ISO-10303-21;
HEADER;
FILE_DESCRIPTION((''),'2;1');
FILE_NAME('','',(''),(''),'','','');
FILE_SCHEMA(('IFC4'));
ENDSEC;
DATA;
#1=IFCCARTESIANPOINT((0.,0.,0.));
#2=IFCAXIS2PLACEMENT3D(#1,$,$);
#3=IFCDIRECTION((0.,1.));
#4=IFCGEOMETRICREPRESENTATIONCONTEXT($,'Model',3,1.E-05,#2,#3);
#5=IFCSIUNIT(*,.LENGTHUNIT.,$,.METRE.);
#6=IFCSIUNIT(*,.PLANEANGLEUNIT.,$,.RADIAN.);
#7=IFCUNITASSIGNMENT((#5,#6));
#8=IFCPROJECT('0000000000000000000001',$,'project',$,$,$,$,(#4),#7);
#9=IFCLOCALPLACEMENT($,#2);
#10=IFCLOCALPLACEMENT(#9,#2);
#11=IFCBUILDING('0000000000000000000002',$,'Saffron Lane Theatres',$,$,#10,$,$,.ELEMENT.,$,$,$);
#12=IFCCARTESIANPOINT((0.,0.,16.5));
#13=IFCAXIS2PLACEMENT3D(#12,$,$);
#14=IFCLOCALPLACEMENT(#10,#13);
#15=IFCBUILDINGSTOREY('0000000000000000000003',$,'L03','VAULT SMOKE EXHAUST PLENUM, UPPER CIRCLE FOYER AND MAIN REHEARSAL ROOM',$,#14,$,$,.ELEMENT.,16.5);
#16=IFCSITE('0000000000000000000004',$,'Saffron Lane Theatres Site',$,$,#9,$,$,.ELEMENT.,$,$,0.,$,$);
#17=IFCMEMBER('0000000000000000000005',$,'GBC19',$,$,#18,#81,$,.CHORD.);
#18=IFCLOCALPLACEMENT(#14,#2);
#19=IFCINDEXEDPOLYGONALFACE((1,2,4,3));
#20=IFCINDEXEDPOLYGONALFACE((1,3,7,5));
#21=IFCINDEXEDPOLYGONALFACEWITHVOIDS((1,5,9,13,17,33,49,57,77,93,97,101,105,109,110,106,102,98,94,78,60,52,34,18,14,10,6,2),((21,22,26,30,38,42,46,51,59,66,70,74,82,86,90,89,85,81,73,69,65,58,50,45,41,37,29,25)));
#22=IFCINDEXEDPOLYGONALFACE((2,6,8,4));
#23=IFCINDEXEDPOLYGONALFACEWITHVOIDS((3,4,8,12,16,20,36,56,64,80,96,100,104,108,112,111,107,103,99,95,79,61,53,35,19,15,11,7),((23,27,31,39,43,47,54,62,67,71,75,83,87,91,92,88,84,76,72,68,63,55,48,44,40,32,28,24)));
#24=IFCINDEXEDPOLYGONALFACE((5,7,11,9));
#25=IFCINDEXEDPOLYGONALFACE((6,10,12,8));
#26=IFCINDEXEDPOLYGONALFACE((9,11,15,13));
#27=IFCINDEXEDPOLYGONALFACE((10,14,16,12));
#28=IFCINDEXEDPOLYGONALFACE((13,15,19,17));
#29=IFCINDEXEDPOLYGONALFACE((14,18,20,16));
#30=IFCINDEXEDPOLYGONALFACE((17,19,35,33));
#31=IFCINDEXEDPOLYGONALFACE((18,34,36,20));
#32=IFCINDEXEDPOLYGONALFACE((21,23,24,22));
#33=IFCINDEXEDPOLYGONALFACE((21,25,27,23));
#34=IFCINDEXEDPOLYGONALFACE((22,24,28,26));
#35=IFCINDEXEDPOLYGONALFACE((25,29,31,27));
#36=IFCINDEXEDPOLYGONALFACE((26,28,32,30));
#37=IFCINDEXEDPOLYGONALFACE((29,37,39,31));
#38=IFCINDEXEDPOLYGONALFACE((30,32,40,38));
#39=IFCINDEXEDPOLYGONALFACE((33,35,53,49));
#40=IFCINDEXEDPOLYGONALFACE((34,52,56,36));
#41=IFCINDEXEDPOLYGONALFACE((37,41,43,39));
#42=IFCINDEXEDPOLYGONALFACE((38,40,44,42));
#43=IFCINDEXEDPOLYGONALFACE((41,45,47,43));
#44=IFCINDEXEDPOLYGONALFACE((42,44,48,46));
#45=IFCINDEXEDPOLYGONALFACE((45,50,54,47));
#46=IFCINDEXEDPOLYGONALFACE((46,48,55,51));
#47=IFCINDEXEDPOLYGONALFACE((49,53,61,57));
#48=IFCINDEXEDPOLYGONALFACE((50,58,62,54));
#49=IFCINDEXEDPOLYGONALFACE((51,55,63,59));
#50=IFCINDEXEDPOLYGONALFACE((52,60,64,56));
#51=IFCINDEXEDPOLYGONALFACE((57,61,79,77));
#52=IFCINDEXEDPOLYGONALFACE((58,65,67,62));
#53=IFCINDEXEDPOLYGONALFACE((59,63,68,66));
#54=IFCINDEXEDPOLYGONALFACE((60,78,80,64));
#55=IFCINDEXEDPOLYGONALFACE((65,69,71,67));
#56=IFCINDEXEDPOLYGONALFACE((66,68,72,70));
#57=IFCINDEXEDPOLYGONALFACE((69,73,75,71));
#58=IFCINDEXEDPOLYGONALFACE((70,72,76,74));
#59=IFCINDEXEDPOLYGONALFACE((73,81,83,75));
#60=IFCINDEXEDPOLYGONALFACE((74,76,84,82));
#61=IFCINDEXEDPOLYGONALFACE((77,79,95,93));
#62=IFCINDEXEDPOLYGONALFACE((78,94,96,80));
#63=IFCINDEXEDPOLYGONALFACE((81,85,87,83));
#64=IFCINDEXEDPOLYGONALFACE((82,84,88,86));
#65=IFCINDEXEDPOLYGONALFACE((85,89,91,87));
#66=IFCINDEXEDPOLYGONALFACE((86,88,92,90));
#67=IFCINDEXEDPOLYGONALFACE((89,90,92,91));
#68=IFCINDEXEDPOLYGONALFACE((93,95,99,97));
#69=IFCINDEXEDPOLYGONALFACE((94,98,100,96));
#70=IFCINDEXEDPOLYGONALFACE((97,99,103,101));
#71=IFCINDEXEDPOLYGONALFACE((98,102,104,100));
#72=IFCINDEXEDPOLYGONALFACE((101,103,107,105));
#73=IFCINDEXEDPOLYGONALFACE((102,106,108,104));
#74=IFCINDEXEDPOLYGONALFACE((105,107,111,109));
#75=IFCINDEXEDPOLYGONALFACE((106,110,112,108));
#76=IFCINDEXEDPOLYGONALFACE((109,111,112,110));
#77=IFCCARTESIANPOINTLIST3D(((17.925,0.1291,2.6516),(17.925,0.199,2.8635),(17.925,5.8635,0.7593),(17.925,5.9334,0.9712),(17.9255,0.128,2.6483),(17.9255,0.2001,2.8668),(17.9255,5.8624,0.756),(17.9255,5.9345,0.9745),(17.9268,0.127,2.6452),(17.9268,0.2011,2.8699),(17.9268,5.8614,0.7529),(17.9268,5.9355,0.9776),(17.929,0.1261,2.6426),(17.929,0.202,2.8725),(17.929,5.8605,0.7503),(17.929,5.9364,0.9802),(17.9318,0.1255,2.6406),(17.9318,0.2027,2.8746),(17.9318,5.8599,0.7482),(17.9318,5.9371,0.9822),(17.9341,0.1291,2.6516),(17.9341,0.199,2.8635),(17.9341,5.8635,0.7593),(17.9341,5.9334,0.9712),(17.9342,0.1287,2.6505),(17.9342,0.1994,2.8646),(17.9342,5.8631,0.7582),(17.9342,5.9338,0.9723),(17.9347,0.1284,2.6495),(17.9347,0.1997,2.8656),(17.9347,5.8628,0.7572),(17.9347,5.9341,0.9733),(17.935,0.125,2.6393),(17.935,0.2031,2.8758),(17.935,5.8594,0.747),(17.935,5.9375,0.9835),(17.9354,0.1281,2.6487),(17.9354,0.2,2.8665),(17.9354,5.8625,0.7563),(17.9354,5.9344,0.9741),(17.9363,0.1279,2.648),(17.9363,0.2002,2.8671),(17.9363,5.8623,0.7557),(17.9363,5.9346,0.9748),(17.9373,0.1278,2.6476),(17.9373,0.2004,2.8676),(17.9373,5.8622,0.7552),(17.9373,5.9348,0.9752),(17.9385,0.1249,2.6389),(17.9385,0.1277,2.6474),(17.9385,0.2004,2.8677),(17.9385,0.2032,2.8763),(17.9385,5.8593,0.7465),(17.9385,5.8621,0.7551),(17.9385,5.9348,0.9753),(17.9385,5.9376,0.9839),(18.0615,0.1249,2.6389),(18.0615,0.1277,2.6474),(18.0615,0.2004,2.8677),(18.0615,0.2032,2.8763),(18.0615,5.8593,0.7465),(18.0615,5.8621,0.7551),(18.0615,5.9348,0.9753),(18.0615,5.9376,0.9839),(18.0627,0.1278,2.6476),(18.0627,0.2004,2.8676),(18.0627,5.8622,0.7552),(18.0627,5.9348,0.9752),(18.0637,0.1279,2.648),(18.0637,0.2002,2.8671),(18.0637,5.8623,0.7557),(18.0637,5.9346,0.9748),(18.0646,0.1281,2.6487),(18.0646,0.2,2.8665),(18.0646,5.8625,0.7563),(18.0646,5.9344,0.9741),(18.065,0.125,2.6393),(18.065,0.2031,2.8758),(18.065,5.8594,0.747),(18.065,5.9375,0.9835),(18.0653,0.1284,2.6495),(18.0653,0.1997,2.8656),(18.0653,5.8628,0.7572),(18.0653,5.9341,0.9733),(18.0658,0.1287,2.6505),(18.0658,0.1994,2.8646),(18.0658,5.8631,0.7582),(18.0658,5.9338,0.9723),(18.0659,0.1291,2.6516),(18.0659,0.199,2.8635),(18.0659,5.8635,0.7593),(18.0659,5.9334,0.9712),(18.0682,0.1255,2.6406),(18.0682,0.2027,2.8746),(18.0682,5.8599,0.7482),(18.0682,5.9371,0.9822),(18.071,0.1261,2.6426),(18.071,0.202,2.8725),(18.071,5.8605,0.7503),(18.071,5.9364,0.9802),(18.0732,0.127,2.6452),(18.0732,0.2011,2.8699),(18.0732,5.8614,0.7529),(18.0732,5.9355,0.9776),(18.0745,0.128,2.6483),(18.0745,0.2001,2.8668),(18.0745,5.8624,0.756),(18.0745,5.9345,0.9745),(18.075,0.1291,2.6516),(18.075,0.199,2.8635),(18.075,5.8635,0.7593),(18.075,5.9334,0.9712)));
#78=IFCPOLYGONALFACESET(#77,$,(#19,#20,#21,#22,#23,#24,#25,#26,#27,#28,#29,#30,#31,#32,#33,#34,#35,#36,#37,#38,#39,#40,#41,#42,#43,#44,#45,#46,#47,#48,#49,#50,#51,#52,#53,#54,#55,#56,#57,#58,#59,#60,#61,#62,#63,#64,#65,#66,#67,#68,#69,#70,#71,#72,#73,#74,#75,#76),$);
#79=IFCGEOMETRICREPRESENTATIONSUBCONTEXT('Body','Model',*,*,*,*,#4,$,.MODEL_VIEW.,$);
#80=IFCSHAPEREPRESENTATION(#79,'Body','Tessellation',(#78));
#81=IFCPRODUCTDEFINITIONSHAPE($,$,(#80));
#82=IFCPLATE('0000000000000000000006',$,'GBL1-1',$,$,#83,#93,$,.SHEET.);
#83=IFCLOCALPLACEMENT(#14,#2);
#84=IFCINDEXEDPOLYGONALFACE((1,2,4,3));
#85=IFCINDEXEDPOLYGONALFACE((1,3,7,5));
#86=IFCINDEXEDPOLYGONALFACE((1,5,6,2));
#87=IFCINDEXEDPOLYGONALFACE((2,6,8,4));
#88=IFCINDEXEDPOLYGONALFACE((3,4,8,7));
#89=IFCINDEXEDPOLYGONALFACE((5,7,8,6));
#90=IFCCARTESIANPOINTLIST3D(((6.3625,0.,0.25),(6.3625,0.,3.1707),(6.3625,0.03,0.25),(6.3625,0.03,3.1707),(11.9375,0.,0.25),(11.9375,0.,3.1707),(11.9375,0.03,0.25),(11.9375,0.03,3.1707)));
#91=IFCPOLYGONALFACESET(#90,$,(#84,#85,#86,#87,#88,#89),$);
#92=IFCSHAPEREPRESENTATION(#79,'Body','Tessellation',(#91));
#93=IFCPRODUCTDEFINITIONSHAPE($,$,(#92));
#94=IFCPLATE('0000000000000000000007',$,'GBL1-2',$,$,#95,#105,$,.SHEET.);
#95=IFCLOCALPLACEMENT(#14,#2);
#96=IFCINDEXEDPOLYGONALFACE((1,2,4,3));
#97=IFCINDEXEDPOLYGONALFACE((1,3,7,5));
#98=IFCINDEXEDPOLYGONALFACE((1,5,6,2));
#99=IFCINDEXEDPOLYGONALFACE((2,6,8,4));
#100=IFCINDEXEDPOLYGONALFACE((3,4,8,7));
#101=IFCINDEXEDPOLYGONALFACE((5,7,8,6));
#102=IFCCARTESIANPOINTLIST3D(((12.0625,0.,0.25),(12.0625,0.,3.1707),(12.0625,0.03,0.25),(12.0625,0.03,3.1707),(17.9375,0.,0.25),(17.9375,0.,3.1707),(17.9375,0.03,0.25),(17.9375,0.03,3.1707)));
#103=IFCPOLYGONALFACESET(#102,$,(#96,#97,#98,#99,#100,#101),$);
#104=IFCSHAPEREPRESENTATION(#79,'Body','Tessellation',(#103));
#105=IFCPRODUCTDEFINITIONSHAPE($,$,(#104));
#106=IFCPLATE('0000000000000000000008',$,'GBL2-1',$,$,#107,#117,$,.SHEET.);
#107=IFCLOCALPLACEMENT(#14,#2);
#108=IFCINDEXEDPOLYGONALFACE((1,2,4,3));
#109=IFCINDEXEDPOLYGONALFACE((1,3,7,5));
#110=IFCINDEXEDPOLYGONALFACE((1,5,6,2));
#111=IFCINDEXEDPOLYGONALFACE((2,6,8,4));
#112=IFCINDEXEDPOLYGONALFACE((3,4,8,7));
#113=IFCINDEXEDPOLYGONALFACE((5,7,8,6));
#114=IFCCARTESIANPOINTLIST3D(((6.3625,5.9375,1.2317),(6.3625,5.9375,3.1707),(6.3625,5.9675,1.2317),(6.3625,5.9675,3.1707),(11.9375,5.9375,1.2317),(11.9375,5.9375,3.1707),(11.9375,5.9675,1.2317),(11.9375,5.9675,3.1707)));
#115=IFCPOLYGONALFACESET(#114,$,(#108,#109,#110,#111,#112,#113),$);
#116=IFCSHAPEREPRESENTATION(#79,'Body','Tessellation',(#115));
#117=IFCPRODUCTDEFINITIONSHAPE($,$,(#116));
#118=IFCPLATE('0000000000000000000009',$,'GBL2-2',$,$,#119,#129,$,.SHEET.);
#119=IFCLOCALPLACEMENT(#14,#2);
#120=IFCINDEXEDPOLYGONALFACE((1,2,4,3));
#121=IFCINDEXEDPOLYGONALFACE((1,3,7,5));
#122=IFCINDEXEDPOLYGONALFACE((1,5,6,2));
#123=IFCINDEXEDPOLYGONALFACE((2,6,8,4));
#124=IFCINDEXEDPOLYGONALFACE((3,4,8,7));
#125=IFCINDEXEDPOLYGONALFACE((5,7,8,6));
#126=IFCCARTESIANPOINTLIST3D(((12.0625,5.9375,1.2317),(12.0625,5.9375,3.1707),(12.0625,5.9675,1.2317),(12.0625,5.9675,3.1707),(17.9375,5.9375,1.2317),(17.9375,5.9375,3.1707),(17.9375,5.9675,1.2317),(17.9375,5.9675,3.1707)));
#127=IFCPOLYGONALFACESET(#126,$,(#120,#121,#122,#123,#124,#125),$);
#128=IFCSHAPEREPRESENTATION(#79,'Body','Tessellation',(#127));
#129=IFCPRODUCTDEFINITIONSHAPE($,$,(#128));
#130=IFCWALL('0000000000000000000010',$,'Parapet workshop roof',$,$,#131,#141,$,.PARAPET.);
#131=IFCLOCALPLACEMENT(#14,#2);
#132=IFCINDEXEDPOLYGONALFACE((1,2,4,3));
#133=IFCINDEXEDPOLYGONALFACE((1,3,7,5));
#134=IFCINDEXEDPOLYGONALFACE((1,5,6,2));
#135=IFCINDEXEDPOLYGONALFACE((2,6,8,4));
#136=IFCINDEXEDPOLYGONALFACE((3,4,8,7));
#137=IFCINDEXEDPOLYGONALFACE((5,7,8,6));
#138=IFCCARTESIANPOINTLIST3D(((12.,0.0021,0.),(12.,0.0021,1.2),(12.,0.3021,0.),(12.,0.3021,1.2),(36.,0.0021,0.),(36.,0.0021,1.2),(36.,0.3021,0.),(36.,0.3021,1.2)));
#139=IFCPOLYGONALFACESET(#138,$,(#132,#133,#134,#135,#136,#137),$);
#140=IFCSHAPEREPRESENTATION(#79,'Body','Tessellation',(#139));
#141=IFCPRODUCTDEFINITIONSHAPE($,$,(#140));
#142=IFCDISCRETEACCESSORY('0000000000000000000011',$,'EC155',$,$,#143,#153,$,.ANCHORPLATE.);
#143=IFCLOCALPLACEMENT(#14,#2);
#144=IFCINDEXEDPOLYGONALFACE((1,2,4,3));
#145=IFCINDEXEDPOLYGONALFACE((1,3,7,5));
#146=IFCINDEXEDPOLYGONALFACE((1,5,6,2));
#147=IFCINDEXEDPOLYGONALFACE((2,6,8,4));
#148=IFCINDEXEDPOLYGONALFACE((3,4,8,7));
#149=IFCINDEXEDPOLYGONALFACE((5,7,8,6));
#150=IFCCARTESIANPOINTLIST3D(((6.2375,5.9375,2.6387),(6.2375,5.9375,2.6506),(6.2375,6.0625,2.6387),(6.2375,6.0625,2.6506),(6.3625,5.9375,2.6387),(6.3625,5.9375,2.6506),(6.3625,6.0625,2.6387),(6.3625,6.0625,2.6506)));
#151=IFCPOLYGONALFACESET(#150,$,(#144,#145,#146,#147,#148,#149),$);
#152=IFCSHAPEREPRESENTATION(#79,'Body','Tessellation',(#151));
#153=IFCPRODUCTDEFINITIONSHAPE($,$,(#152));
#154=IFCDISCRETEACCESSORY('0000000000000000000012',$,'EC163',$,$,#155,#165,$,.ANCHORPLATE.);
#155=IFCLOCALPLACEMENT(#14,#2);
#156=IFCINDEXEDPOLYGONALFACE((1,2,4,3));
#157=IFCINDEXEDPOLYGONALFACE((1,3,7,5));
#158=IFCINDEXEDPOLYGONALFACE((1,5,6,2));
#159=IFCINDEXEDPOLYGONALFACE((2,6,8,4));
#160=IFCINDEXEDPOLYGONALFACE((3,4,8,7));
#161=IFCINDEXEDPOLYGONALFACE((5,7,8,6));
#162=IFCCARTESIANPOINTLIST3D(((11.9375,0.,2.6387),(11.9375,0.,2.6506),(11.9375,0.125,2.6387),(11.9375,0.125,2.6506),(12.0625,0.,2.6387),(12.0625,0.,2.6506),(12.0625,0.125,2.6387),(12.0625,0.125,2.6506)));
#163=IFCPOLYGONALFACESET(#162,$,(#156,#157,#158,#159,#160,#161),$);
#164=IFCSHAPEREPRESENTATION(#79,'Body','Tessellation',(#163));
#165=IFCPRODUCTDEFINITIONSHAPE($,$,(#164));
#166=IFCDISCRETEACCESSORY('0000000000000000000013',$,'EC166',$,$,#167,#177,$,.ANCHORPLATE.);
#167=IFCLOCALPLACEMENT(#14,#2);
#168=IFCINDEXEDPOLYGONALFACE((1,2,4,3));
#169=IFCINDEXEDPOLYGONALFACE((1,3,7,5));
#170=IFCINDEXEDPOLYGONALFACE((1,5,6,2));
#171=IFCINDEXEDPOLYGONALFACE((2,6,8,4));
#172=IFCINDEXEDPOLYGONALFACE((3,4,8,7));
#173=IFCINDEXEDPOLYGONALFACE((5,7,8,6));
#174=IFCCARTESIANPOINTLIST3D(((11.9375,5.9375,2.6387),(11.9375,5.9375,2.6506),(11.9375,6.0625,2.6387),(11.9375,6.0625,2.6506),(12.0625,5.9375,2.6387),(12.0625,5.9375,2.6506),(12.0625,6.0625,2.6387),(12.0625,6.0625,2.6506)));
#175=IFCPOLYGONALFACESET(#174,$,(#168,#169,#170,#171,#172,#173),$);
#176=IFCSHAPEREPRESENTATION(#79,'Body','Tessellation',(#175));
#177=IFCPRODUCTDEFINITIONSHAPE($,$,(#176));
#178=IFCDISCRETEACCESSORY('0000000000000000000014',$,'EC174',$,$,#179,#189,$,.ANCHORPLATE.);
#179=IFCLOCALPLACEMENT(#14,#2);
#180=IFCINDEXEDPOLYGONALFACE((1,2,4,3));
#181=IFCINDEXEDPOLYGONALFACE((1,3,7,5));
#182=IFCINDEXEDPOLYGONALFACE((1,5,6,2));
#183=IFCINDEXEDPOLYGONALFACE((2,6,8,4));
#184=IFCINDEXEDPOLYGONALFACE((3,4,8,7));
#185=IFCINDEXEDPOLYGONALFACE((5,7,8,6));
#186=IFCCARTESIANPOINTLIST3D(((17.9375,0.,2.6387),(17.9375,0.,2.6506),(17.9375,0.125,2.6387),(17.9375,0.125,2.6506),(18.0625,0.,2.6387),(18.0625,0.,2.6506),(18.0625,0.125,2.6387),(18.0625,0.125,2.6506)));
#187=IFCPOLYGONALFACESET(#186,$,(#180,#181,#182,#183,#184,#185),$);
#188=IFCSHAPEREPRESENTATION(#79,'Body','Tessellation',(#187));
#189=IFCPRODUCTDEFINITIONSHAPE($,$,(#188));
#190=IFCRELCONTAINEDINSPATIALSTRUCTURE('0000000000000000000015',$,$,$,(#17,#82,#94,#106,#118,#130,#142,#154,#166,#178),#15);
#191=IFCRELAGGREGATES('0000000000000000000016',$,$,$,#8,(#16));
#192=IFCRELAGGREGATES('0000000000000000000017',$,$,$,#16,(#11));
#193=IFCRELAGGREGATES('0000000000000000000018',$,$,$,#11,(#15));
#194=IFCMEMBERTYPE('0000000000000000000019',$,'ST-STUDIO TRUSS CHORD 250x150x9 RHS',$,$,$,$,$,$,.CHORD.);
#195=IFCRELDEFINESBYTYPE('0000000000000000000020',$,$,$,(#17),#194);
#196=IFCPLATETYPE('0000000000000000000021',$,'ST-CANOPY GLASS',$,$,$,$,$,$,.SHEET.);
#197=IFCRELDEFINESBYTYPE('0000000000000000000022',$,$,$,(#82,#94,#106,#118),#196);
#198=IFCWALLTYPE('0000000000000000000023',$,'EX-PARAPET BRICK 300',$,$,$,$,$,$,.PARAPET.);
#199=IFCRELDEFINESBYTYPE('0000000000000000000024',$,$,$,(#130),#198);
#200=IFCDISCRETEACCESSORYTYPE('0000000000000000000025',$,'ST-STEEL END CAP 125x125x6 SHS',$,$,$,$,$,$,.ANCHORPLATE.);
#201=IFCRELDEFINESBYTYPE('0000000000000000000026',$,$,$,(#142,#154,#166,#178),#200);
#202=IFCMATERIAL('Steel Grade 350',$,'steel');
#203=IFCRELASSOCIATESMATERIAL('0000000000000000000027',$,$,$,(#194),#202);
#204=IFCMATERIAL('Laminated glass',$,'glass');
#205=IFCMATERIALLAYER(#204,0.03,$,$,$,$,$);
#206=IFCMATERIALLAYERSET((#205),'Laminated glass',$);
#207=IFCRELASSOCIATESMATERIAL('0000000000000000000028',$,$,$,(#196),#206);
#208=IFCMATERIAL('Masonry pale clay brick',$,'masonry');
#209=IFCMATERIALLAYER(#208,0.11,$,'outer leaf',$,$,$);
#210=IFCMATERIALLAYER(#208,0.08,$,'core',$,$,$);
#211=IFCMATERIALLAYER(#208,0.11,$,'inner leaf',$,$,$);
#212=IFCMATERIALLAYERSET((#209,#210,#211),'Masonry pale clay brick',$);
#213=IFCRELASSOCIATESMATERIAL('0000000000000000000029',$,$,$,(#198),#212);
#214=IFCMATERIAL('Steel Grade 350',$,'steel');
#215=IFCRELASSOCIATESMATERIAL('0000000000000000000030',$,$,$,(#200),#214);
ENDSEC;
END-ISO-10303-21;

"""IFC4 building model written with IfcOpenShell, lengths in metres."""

from ifc_helpers import new_model, si_unit, direction, frame, frame_2d, origin, origin_2d, place, context, subcontext, project, spatial, polyline, rectangle, hollow_rectangle, outline, extrude, material, layer, layer_set, material_profile, profile_set, type_object, element, save


model = new_model("IFC4")

# Units and contexts
model_context = context("Model", 3, precision=1e-05, world=origin(), true_north=direction((0.0, 1.0)))
body_context = subcontext(model_context, "Body", "Model", "MODEL_VIEW")
ifc_project = project(units=[si_unit("LENGTHUNIT", "METRE"), si_unit("PLANEANGLEUNIT", "RADIAN")], contexts=[model_context])

# Site, building, storey
site_placement = place(None, origin())
site = spatial("IfcSite", under=ifc_project, at=site_placement, Name="Saffron Lane Theatres Site", CompositionType="ELEMENT", RefElevation=0.0)
building_placement = place(site_placement, origin())
building = spatial("IfcBuilding", under=site, at=building_placement, Name="Saffron Lane Theatres", CompositionType="ELEMENT")
storey_placement = place(building_placement, frame((0.0, 0.0, 16.5)))
storey = spatial("IfcBuildingStorey", under=building, at=storey_placement, Name="L03", Description="VAULT SMOKE EXHAUST PLENUM, UPPER CIRCLE FOYER AND MAIN REHEARSAL ROOM", CompositionType="ELEMENT", Elevation=16.5)

# Member
ifc_material_1 = material(Name="Steel Grade 350", Category="steel")
ifc_material_profile_1 = material_profile(ifc_material_1, hollow_rectangle(XDim=0.1499, YDim=0.25, WallThickness=0.009, InnerFilletRadius=0.0044, OuterFilletRadius=0.0134, at=origin_2d()))
ifc_profile_set_1 = profile_set([ifc_material_profile_1], Name="Steel Grade 350")
member_type_1 = type_object("IfcMemberType", Name="ST-STUDIO TRUSS CHORD 250x150x9 RHS", PredefinedType="CHORD", material=ifc_profile_set_1)
member_1_placement = place(storey_placement, frame((18.0, 0.1641, 2.7576), z_axis=(0.0, 0.949629, -0.313376), x_axis=(-1.0, 0.0, 0.0)))
element("IfcMember", 1, at=member_1_placement, inside=storey, type_object=member_type_1, Name="GBC19", PredefinedType="CHORD", context=body_context, shape_type="SweptSolid", body=[
    extrude(hollow_rectangle(XDim=0.1499, YDim=0.25, WallThickness=0.009, InnerFilletRadius=0.0044, OuterFilletRadius=0.0134, at=origin_2d()), origin(), (0.0, 0.0, 1.0), 6.0386),
])

# Plates
ifc_material_2 = material(Name="Laminated glass", Category="glass")
ifc_layer_1 = layer(ifc_material_2, 0.03)
ifc_layer_set_1 = layer_set([ifc_layer_1], Name="Laminated glass")
plate_type = type_object("IfcPlateType", Name="ST-CANOPY GLASS", PredefinedType="SHEET", material=ifc_layer_set_1)
plate_1_placement = place(storey_placement, frame((11.9375, 0.0, 0.25), z_axis=(0.0, -1.0, 0.0), x_axis=(0.0, 0.0, 1.0)))
element("IfcPlate", 2, at=plate_1_placement, inside=storey, type_object=plate_type, Name="GBL1-1", PredefinedType="SHEET", context=body_context, shape_type="SweptSolid", body=[
    extrude(outline(polyline([(0.0, 0.0), (2.9207, 0.0), (2.9207, 5.575), (0.0, 5.575), (0.0, 0.0)])), origin(), (0.0, 0.0, -1.0), 0.03),
])
plate_2_placement = place(storey_placement, frame((17.9375, 0.0, 0.25), z_axis=(0.0, -1.0, 0.0), x_axis=(0.0, 0.0, 1.0)))
element("IfcPlate", 3, at=plate_2_placement, inside=storey, type_object=plate_type, Name="GBL1-2", PredefinedType="SHEET", context=body_context, shape_type="SweptSolid", body=[
    extrude(outline(polyline([(0.0, 0.0), (2.9207, 0.0), (2.9207, 5.875), (0.0, 5.875), (0.0, 0.0)])), origin(), (0.0, 0.0, -1.0), 0.03),
])
plate_3_placement = place(storey_placement, frame((11.9375, 5.9375, 1.2317), z_axis=(0.0, -1.0, 0.0), x_axis=(0.0, 0.0, 1.0)))
element("IfcPlate", 4, at=plate_3_placement, inside=storey, type_object=plate_type, Name="GBL2-1", PredefinedType="SHEET", context=body_context, shape_type="SweptSolid", body=[
    extrude(outline(polyline([(0.0, 0.0), (1.939, 0.0), (1.939, 5.575), (0.0, 5.575), (0.0, 0.0)])), origin(), (0.0, 0.0, -1.0), 0.03),
])
plate_4_placement = place(storey_placement, frame((17.9375, 5.9375, 1.2317), z_axis=(0.0, -1.0, 0.0), x_axis=(0.0, 0.0, 1.0)))
element("IfcPlate", 5, at=plate_4_placement, inside=storey, type_object=plate_type, Name="GBL2-2", PredefinedType="SHEET", context=body_context, shape_type="SweptSolid", body=[
    extrude(outline(polyline([(0.0, 0.0), (1.939, 0.0), (1.939, 5.875), (0.0, 5.875), (0.0, 0.0)])), origin(), (0.0, 0.0, -1.0), 0.03),
])

# Wall
ifc_material_3 = material(Name="Masonry pale clay brick", Category="masonry")
ifc_layer_2 = layer(ifc_material_3, 0.11, Name="outer leaf")
ifc_layer_3 = layer(ifc_material_3, 0.08, Name="core")
ifc_layer_4 = layer(ifc_material_3, 0.11, Name="inner leaf")
ifc_layer_set_2 = layer_set([ifc_layer_2, ifc_layer_3, ifc_layer_4], Name="Masonry pale clay brick")
wall_type = type_object("IfcWallType", Name="EX-PARAPET BRICK 300", PredefinedType="PARAPET", material=ifc_layer_set_2)
wall_placement = place(storey_placement, frame((12.0, 0.1521, 0.0), z_axis=(0.0, 0.0, 1.0), x_axis=(1.0, 0.0, 0.0)))
element("IfcWall", 6, at=wall_placement, inside=storey, type_object=wall_type, Name="Parapet workshop roof", PredefinedType="PARAPET", context=body_context, shape_type="SweptSolid", body=[
    extrude(rectangle(XDim=24.0, YDim=0.3, at=frame_2d((12.0, 0.0))), origin(), (0.0, 0.0, 1.0), 1.2),
])

# Discrete accessories
ifc_material_4 = material(Name="Steel Grade 350", Category="steel")
ifc_material_profile_2 = material_profile(ifc_material_4, rectangle(XDim=0.125, YDim=0.125, at=origin_2d()))
ifc_profile_set_2 = profile_set([ifc_material_profile_2], Name="Steel Grade 350")
discrete_accessory_type_1 = type_object("IfcDiscreteAccessoryType", Name="ST-STEEL END CAP 125x125x6 SHS", PredefinedType="ANCHORPLATE", material=ifc_profile_set_2)
for number, where, z_axis, x_axis, name in (
    (7, (6.3, 6.0, 2.6387), (0.0, 0.0, 1.0), (1.0, 0.0, 0.0), "EC155"),
    (8, (12.0, 0.0625, 2.6387), (0.0, 0.0, 1.0), (1.0, 0.0, 0.0), "EC163"),
    (9, (12.0, 6.0, 2.6387), (0.0, 0.0, 1.0), (1.0, 0.0, 0.0), "EC166"),
    (10, (18.0, 0.0625, 2.6387), (0.0, 0.0, 1.0), (1.0, 0.0, 0.0), "EC174"),
):
    element("IfcDiscreteAccessory", number, at=place(storey_placement, frame(where, z_axis=z_axis, x_axis=x_axis)), inside=storey, type_object=discrete_accessory_type_1, Name=name, PredefinedType="ANCHORPLATE", context=body_context, shape_type="SweptSolid", body=[
        extrude(rectangle(XDim=0.125, YDim=0.125, at=origin_2d()), origin(), (0.0, 0.0, 1.0), 0.012),
    ])

save(model, "model.ifc")
